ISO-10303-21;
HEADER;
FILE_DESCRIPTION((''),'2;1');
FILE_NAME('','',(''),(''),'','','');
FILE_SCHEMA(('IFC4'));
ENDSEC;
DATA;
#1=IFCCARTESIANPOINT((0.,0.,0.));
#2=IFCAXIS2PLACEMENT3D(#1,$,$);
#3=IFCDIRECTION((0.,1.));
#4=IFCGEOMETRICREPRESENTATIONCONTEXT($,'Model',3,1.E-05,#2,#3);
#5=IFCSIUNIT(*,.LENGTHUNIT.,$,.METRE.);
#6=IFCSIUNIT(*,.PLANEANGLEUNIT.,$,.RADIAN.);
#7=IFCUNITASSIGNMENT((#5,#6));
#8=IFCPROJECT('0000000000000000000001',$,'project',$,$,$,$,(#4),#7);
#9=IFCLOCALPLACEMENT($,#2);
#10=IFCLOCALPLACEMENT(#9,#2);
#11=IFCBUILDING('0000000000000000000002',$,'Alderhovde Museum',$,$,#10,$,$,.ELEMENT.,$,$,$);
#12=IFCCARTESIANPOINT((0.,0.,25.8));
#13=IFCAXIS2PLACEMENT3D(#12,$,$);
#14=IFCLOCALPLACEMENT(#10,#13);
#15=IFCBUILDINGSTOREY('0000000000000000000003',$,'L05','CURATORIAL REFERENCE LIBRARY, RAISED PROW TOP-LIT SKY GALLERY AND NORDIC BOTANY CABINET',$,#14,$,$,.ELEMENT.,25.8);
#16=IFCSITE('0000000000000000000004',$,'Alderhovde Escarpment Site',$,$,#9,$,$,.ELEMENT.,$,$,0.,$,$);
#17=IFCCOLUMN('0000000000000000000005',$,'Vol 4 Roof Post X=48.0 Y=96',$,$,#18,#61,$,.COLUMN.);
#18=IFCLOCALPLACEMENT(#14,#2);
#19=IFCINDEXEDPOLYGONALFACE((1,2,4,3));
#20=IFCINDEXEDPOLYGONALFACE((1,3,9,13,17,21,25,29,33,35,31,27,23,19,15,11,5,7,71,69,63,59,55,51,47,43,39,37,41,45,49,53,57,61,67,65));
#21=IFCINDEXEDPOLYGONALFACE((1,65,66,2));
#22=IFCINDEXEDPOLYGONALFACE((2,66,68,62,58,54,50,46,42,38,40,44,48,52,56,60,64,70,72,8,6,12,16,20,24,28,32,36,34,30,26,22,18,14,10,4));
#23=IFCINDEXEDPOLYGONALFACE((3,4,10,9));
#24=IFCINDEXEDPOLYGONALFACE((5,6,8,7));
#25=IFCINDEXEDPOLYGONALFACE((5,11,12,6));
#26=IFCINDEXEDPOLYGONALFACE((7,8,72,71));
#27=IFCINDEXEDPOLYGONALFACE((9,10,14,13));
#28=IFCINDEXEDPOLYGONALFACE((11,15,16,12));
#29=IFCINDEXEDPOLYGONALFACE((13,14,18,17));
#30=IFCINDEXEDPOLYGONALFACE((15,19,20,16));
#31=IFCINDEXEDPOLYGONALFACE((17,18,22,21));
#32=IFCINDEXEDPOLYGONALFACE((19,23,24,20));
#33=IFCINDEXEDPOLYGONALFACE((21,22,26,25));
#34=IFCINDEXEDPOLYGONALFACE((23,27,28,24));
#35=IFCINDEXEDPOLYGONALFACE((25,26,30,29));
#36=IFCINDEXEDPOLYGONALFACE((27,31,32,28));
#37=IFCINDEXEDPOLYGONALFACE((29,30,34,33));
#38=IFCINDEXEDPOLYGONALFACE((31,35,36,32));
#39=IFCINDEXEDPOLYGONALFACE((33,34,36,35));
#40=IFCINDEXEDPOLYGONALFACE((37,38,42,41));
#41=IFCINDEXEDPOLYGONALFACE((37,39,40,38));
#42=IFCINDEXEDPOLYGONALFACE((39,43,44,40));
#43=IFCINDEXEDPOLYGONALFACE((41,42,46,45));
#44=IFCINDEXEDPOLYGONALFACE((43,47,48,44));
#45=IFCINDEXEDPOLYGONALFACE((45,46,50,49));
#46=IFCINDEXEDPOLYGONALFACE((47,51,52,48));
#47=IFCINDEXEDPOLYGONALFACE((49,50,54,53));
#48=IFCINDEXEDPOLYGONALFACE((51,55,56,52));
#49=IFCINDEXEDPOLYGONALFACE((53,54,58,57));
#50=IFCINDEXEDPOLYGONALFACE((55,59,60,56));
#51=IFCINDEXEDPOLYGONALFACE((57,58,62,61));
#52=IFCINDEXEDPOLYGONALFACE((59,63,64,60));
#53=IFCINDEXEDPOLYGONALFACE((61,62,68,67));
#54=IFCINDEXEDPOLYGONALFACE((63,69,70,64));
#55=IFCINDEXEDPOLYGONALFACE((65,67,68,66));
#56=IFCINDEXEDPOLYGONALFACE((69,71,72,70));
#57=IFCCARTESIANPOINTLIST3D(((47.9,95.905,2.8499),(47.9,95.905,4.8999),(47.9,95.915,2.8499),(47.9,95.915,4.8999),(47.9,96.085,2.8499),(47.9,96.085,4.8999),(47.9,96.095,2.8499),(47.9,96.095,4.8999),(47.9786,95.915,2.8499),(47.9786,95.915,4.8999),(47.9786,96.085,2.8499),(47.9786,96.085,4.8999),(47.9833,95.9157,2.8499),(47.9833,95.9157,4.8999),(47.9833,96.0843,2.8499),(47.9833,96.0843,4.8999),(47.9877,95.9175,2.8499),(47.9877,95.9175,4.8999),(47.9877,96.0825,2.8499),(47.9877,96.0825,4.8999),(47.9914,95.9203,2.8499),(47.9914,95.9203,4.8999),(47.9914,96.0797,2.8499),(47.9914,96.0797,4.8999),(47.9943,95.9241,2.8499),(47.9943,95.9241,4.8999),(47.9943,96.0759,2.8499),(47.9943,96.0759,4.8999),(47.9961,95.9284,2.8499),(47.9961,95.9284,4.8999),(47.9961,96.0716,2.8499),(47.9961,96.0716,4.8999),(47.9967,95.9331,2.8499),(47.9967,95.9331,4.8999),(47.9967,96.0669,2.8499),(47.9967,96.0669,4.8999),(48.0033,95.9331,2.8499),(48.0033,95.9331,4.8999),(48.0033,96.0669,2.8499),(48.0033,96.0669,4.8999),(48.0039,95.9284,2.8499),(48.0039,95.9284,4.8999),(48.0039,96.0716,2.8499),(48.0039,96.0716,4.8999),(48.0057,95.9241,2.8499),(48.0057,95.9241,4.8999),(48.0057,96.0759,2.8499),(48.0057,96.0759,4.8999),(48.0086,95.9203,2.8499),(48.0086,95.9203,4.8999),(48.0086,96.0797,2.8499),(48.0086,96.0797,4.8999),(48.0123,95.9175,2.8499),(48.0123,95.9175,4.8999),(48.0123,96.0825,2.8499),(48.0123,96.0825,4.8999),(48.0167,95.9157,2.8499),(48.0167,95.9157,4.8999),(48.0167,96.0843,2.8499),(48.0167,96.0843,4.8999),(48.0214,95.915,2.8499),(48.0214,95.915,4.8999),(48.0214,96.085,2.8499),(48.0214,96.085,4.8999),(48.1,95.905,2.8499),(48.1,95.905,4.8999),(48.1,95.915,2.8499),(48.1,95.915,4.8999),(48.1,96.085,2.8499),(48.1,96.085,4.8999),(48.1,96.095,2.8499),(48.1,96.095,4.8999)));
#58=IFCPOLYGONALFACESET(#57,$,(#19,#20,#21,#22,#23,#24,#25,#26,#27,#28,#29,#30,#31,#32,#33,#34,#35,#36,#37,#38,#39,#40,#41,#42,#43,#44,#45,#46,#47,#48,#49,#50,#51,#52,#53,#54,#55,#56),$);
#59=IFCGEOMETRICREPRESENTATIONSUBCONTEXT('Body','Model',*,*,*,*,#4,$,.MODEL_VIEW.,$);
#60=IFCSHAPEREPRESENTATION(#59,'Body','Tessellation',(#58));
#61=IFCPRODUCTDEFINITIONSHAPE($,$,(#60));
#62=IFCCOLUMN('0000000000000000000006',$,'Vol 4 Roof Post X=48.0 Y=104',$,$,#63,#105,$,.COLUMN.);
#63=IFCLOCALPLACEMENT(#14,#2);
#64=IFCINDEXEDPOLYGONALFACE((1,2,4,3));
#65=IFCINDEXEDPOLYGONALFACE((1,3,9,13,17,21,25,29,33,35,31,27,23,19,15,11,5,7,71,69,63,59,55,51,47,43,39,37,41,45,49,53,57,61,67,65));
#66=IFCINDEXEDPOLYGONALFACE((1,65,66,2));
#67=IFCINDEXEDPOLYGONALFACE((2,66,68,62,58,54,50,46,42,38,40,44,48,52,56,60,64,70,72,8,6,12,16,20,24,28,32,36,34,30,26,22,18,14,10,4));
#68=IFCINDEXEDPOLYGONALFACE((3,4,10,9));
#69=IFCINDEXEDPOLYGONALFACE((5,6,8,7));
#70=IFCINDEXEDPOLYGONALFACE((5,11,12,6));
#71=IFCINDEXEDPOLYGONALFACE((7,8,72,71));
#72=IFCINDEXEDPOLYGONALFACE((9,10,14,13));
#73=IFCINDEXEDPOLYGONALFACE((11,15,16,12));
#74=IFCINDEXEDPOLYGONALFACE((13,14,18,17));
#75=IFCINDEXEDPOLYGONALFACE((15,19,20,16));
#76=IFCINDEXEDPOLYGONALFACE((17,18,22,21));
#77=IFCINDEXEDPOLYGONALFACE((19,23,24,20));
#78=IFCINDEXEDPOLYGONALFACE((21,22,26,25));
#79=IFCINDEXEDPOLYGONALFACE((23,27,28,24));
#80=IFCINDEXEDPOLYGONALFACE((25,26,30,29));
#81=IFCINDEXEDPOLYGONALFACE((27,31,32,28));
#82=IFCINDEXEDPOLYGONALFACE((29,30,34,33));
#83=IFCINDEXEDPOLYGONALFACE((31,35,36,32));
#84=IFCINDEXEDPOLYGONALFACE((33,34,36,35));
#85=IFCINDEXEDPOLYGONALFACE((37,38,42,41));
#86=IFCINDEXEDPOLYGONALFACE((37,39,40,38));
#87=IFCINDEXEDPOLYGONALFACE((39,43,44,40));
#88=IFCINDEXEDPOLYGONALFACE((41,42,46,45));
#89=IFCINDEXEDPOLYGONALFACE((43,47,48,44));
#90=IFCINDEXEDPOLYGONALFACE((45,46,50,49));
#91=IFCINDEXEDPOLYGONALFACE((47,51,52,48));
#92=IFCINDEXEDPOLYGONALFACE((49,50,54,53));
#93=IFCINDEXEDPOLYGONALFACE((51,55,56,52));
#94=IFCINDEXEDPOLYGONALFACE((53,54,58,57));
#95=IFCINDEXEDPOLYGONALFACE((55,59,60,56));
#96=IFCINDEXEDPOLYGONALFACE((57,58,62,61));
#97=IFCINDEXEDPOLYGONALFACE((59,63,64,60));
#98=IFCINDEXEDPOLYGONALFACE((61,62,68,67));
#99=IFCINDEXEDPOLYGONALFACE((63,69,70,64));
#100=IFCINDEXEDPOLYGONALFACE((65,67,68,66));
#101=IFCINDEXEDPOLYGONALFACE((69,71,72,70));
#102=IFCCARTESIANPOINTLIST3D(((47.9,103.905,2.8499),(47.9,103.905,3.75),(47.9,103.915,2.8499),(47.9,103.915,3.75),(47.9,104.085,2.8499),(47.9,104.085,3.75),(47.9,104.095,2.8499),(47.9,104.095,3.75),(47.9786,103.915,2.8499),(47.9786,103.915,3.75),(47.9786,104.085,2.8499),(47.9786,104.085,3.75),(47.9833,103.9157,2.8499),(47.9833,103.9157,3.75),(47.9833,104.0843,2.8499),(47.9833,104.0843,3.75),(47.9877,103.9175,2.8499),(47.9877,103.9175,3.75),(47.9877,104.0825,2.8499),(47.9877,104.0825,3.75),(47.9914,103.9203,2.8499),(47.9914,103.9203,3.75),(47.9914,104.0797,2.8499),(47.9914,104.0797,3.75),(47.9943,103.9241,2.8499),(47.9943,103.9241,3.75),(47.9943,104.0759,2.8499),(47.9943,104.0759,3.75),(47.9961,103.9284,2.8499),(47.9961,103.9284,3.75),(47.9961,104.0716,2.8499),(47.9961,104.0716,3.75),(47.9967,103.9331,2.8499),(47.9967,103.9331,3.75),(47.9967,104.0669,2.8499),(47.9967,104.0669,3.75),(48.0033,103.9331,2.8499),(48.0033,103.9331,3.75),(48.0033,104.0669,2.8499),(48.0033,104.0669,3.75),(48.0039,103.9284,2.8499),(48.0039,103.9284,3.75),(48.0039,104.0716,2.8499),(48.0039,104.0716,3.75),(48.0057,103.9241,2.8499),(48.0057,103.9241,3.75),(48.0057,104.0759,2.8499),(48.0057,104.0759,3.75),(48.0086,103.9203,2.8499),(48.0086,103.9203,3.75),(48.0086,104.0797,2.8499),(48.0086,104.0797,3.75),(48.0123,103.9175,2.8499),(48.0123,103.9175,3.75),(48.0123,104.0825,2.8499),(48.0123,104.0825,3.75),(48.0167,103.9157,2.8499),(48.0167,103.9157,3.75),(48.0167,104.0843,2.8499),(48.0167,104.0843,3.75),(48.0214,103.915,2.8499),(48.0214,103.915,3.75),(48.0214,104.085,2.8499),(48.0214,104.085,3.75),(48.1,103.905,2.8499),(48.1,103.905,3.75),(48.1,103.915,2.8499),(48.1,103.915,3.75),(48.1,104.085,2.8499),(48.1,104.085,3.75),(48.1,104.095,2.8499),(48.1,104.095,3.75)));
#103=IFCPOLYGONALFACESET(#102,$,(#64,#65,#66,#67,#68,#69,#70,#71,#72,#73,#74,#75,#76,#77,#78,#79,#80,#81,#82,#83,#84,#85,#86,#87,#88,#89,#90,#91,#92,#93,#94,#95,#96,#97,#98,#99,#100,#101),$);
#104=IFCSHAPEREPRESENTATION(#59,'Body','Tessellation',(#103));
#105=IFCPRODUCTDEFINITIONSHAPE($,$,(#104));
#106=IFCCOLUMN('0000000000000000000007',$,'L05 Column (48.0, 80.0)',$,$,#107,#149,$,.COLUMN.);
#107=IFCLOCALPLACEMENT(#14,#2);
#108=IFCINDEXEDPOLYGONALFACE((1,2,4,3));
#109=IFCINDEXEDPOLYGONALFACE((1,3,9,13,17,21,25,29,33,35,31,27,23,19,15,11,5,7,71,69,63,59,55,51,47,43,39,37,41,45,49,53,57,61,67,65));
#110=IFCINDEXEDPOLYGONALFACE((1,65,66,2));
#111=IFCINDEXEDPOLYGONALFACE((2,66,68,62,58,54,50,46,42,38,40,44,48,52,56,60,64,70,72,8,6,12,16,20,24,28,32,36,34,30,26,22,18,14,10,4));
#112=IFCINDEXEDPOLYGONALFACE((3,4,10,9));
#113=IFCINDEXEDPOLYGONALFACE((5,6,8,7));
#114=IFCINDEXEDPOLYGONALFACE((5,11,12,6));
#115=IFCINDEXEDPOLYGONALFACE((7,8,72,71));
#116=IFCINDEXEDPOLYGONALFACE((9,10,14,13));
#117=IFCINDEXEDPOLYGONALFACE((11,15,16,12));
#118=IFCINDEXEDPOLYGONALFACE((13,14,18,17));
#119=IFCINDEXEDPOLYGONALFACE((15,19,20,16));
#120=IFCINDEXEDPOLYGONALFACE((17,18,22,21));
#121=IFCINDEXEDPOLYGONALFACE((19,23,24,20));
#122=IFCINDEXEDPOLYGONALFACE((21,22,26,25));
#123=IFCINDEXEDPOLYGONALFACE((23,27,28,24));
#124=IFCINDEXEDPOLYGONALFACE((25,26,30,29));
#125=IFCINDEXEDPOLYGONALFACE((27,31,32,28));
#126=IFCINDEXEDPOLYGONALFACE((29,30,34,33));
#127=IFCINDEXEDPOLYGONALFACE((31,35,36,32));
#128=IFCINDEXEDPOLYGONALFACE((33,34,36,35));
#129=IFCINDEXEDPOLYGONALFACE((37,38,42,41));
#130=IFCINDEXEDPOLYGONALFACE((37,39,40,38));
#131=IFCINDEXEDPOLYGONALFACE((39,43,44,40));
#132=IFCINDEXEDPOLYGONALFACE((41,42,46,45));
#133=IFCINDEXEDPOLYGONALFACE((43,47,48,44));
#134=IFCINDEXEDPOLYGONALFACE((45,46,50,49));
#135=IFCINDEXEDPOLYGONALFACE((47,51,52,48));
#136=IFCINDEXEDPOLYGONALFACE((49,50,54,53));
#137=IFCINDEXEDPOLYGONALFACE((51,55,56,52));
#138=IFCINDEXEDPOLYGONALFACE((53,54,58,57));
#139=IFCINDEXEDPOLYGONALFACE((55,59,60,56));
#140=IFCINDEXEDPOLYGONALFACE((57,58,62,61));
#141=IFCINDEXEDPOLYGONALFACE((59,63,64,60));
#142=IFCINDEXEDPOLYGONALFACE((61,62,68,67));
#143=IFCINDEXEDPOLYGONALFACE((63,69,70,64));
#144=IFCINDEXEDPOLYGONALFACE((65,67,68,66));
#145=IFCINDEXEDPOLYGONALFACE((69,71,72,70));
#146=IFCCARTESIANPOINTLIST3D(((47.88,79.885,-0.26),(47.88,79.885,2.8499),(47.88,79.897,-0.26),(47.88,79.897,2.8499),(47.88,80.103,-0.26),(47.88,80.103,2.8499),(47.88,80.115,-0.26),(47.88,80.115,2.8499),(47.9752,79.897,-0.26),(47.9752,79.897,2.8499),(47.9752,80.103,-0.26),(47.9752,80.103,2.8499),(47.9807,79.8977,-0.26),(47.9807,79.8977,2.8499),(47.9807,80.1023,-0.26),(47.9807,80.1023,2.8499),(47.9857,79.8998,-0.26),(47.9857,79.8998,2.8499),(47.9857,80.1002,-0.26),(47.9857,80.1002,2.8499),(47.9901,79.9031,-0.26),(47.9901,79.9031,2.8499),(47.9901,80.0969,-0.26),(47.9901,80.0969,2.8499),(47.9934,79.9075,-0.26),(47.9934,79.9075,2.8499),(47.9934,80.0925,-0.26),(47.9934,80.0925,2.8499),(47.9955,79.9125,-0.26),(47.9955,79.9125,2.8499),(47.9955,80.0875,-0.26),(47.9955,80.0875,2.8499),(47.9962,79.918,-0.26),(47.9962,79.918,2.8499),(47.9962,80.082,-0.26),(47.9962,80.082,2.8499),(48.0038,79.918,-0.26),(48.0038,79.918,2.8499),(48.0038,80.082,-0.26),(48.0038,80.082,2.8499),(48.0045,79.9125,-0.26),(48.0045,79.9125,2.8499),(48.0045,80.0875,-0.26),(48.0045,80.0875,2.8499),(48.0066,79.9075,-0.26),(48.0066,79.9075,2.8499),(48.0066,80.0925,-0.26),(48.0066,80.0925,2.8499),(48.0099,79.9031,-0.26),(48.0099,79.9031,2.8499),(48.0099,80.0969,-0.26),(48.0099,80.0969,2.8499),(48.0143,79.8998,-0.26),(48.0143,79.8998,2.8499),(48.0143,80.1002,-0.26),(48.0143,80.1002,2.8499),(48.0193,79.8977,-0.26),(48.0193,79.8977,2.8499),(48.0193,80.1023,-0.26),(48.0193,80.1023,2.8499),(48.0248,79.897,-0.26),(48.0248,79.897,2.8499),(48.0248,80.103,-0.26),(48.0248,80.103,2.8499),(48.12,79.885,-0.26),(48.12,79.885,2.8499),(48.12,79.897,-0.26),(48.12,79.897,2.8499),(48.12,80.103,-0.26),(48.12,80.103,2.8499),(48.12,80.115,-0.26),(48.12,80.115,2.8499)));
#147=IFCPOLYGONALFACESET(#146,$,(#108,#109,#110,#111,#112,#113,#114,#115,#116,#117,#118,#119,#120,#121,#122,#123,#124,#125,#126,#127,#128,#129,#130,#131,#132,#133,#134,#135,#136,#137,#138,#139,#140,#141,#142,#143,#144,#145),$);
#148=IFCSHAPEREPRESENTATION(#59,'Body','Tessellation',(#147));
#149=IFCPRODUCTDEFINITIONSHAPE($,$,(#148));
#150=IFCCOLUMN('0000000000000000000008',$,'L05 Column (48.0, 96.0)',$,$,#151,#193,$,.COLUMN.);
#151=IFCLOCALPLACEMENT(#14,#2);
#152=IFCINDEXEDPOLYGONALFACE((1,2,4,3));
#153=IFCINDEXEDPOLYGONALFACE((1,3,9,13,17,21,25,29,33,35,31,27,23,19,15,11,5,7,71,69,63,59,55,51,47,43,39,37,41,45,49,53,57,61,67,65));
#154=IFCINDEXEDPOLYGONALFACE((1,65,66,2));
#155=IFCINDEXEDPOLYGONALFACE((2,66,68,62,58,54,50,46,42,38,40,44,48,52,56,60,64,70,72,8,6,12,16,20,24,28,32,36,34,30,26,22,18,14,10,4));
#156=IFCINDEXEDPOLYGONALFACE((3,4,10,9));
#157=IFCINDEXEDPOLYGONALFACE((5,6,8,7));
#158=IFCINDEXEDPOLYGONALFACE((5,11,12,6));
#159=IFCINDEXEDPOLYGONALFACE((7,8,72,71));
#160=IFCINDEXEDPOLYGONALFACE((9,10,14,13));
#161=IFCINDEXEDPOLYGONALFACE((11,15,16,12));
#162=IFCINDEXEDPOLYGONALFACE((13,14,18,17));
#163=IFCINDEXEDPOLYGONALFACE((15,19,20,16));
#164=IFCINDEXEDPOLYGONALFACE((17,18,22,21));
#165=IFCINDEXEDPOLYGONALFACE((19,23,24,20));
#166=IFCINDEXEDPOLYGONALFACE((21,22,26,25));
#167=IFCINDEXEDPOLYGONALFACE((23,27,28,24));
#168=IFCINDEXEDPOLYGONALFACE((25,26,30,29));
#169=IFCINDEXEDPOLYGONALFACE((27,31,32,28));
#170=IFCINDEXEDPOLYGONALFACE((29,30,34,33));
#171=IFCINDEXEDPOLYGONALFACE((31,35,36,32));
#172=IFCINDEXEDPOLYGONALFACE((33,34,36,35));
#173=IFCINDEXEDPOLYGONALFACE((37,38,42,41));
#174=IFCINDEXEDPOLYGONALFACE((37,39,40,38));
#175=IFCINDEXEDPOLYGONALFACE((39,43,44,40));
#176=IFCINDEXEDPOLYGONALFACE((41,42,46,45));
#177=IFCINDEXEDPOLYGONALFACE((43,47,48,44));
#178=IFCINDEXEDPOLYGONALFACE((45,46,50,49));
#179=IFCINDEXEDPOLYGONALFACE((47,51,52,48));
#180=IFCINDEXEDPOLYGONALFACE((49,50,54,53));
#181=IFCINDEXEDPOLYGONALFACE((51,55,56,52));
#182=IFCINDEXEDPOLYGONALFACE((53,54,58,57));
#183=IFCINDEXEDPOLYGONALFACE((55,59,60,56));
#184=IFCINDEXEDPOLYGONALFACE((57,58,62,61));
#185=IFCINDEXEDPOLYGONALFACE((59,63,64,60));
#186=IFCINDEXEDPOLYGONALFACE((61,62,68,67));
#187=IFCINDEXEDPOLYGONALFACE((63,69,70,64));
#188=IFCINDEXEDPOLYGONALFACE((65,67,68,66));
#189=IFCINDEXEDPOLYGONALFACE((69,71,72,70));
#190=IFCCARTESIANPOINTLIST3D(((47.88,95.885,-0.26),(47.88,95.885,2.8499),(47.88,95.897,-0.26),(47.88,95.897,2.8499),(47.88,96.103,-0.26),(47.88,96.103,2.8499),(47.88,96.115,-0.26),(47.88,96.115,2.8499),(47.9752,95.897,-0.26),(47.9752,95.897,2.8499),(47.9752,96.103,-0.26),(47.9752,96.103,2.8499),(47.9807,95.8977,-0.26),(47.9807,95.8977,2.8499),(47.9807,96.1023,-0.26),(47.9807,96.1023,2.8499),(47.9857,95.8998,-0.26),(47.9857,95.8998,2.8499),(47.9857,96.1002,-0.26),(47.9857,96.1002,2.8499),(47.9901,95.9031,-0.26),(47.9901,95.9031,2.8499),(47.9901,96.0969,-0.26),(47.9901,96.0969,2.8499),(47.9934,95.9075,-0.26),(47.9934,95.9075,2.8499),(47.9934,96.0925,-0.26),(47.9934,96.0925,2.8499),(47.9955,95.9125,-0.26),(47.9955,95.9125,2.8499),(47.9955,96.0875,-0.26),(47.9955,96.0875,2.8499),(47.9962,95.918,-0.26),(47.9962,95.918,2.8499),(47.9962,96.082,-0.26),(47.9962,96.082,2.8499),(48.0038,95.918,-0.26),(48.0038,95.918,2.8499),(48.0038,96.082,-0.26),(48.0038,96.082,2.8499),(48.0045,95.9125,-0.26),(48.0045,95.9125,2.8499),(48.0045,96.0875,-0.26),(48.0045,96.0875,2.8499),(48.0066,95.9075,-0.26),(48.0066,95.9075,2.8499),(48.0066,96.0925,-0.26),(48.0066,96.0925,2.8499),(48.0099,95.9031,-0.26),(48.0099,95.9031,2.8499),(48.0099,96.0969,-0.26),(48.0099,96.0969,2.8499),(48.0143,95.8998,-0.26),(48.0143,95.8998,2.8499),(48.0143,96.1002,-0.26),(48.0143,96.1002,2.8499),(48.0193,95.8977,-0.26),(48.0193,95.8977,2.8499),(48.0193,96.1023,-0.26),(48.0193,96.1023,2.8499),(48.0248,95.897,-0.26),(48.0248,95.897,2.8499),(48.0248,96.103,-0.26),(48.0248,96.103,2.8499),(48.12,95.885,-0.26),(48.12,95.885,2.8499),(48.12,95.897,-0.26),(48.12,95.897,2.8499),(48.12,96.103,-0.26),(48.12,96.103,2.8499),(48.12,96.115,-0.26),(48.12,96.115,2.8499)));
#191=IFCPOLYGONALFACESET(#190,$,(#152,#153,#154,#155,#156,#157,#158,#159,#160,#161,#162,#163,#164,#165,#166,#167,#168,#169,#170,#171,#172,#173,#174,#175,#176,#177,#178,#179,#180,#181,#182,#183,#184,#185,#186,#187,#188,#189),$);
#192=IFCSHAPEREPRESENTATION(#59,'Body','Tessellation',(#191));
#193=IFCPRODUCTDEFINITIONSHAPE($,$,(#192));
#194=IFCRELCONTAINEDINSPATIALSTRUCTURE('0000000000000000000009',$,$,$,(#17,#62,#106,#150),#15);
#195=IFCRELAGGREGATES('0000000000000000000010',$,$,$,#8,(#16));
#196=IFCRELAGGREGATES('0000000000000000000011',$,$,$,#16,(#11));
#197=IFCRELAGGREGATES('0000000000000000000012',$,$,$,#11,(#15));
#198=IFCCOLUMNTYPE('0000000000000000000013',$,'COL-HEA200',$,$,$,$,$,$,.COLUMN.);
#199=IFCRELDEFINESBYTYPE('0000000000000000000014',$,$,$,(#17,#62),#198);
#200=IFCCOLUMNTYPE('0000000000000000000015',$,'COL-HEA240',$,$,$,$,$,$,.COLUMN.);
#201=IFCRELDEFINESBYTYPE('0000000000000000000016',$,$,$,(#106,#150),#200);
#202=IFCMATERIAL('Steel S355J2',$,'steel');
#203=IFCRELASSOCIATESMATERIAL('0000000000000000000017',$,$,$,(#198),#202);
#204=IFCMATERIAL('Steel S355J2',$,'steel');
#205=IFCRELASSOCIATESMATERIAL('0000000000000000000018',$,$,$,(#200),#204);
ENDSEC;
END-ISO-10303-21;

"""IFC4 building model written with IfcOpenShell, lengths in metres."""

from ifc_helpers import new_model, si_unit, direction, frame, origin, origin_2d, place, context, subcontext, project, spatial, i_section, extrude, material, material_profile, profile_set, type_object, element, save


model = new_model("IFC4")

# Units and contexts
model_context = context("Model", 3, precision=1e-05, world=origin(), true_north=direction((0.0, 1.0)))
body_context = subcontext(model_context, "Body", "Model", "MODEL_VIEW")
ifc_project = project(units=[si_unit("LENGTHUNIT", "METRE"), si_unit("PLANEANGLEUNIT", "RADIAN")], contexts=[model_context])

# Site, building, storey
site_placement = place(None, origin())
site = spatial("IfcSite", under=ifc_project, at=site_placement, Name="Alderhovde Escarpment Site", CompositionType="ELEMENT", RefElevation=0.0)
building_placement = place(site_placement, origin())
building = spatial("IfcBuilding", under=site, at=building_placement, Name="Alderhovde Museum", CompositionType="ELEMENT")
storey_placement = place(building_placement, frame((0.0, 0.0, 25.8)))
storey = spatial("IfcBuildingStorey", under=building, at=storey_placement, Name="L05", Description="CURATORIAL REFERENCE LIBRARY, RAISED PROW TOP-LIT SKY GALLERY AND NORDIC BOTANY CABINET", CompositionType="ELEMENT", Elevation=25.8)

# Columns
ifc_material_1 = material(Name="Steel S355J2", Category="steel")
ifc_material_profile_1 = material_profile(ifc_material_1, i_section(OverallWidth=0.2, OverallDepth=0.1899, WebThickness=0.0066, FlangeThickness=0.01, FilletRadius=0.0181, at=origin_2d()), Name="HEA 200")
ifc_profile_set_1 = profile_set([ifc_material_profile_1], Name="Steel S355J2")
column_type_1 = type_object("IfcColumnType", Name="COL-HEA200", PredefinedType="COLUMN", material=ifc_profile_set_1)
column_1_placement = place(storey_placement, frame((48.0, 96.0, 2.8499), z_axis=(0.0, 0.0, 1.0), x_axis=(1.0, 0.0, 0.0)))
element("IfcColumn", 1, at=column_1_placement, inside=storey, type_object=column_type_1, Name="Vol 4 Roof Post X=48.0 Y=96", PredefinedType="COLUMN", context=body_context, shape_type="SweptSolid", body=[
    extrude(i_section(OverallWidth=0.2, OverallDepth=0.1899, WebThickness=0.0066, FlangeThickness=0.01, FilletRadius=0.0181, at=origin_2d()), origin(), (0.0, 0.0, 1.0), 2.05),
])
column_2_placement = place(storey_placement, frame((48.0, 104.0, 2.8499), z_axis=(0.0, 0.0, 1.0), x_axis=(1.0, 0.0, 0.0)))
element("IfcColumn", 2, at=column_2_placement, inside=storey, type_object=column_type_1, Name="Vol 4 Roof Post X=48.0 Y=104", PredefinedType="COLUMN", context=body_context, shape_type="SweptSolid", body=[
    extrude(i_section(OverallWidth=0.2, OverallDepth=0.1899, WebThickness=0.0066, FlangeThickness=0.01, FilletRadius=0.0181, at=origin_2d()), origin(), (0.0, 0.0, 1.0), 0.9001),
])
ifc_material_2 = material(Name="Steel S355J2", Category="steel")
ifc_material_profile_2 = material_profile(ifc_material_2, i_section(OverallWidth=0.24, OverallDepth=0.23, WebThickness=0.0076, FlangeThickness=0.012, FilletRadius=0.021, at=origin_2d()), Name="HEA 240")
ifc_profile_set_2 = profile_set([ifc_material_profile_2], Name="Steel S355J2")
column_type_2 = type_object("IfcColumnType", Name="COL-HEA240", PredefinedType="COLUMN", material=ifc_profile_set_2)
for number, where, z_axis, x_axis, name in (
    (3, (48.0, 80.0, -0.26), (0.0, 0.0, 1.0), (1.0, 0.0, 0.0), "L05 Column (48.0, 80.0)"),
    (4, (48.0, 96.0, -0.26), (0.0, 0.0, 1.0), (1.0, 0.0, 0.0), "L05 Column (48.0, 96.0)"),
):
    element("IfcColumn", number, at=place(storey_placement, frame(where, z_axis=z_axis, x_axis=x_axis)), inside=storey, type_object=column_type_2, Name=name, PredefinedType="COLUMN", context=body_context, shape_type="SweptSolid", body=[
        extrude(i_section(OverallWidth=0.24, OverallDepth=0.23, WebThickness=0.0076, FlangeThickness=0.012, FilletRadius=0.021, at=origin_2d()), origin(), (0.0, 0.0, 1.0), 3.1099),
    ])

save(model, "model.ifc")
